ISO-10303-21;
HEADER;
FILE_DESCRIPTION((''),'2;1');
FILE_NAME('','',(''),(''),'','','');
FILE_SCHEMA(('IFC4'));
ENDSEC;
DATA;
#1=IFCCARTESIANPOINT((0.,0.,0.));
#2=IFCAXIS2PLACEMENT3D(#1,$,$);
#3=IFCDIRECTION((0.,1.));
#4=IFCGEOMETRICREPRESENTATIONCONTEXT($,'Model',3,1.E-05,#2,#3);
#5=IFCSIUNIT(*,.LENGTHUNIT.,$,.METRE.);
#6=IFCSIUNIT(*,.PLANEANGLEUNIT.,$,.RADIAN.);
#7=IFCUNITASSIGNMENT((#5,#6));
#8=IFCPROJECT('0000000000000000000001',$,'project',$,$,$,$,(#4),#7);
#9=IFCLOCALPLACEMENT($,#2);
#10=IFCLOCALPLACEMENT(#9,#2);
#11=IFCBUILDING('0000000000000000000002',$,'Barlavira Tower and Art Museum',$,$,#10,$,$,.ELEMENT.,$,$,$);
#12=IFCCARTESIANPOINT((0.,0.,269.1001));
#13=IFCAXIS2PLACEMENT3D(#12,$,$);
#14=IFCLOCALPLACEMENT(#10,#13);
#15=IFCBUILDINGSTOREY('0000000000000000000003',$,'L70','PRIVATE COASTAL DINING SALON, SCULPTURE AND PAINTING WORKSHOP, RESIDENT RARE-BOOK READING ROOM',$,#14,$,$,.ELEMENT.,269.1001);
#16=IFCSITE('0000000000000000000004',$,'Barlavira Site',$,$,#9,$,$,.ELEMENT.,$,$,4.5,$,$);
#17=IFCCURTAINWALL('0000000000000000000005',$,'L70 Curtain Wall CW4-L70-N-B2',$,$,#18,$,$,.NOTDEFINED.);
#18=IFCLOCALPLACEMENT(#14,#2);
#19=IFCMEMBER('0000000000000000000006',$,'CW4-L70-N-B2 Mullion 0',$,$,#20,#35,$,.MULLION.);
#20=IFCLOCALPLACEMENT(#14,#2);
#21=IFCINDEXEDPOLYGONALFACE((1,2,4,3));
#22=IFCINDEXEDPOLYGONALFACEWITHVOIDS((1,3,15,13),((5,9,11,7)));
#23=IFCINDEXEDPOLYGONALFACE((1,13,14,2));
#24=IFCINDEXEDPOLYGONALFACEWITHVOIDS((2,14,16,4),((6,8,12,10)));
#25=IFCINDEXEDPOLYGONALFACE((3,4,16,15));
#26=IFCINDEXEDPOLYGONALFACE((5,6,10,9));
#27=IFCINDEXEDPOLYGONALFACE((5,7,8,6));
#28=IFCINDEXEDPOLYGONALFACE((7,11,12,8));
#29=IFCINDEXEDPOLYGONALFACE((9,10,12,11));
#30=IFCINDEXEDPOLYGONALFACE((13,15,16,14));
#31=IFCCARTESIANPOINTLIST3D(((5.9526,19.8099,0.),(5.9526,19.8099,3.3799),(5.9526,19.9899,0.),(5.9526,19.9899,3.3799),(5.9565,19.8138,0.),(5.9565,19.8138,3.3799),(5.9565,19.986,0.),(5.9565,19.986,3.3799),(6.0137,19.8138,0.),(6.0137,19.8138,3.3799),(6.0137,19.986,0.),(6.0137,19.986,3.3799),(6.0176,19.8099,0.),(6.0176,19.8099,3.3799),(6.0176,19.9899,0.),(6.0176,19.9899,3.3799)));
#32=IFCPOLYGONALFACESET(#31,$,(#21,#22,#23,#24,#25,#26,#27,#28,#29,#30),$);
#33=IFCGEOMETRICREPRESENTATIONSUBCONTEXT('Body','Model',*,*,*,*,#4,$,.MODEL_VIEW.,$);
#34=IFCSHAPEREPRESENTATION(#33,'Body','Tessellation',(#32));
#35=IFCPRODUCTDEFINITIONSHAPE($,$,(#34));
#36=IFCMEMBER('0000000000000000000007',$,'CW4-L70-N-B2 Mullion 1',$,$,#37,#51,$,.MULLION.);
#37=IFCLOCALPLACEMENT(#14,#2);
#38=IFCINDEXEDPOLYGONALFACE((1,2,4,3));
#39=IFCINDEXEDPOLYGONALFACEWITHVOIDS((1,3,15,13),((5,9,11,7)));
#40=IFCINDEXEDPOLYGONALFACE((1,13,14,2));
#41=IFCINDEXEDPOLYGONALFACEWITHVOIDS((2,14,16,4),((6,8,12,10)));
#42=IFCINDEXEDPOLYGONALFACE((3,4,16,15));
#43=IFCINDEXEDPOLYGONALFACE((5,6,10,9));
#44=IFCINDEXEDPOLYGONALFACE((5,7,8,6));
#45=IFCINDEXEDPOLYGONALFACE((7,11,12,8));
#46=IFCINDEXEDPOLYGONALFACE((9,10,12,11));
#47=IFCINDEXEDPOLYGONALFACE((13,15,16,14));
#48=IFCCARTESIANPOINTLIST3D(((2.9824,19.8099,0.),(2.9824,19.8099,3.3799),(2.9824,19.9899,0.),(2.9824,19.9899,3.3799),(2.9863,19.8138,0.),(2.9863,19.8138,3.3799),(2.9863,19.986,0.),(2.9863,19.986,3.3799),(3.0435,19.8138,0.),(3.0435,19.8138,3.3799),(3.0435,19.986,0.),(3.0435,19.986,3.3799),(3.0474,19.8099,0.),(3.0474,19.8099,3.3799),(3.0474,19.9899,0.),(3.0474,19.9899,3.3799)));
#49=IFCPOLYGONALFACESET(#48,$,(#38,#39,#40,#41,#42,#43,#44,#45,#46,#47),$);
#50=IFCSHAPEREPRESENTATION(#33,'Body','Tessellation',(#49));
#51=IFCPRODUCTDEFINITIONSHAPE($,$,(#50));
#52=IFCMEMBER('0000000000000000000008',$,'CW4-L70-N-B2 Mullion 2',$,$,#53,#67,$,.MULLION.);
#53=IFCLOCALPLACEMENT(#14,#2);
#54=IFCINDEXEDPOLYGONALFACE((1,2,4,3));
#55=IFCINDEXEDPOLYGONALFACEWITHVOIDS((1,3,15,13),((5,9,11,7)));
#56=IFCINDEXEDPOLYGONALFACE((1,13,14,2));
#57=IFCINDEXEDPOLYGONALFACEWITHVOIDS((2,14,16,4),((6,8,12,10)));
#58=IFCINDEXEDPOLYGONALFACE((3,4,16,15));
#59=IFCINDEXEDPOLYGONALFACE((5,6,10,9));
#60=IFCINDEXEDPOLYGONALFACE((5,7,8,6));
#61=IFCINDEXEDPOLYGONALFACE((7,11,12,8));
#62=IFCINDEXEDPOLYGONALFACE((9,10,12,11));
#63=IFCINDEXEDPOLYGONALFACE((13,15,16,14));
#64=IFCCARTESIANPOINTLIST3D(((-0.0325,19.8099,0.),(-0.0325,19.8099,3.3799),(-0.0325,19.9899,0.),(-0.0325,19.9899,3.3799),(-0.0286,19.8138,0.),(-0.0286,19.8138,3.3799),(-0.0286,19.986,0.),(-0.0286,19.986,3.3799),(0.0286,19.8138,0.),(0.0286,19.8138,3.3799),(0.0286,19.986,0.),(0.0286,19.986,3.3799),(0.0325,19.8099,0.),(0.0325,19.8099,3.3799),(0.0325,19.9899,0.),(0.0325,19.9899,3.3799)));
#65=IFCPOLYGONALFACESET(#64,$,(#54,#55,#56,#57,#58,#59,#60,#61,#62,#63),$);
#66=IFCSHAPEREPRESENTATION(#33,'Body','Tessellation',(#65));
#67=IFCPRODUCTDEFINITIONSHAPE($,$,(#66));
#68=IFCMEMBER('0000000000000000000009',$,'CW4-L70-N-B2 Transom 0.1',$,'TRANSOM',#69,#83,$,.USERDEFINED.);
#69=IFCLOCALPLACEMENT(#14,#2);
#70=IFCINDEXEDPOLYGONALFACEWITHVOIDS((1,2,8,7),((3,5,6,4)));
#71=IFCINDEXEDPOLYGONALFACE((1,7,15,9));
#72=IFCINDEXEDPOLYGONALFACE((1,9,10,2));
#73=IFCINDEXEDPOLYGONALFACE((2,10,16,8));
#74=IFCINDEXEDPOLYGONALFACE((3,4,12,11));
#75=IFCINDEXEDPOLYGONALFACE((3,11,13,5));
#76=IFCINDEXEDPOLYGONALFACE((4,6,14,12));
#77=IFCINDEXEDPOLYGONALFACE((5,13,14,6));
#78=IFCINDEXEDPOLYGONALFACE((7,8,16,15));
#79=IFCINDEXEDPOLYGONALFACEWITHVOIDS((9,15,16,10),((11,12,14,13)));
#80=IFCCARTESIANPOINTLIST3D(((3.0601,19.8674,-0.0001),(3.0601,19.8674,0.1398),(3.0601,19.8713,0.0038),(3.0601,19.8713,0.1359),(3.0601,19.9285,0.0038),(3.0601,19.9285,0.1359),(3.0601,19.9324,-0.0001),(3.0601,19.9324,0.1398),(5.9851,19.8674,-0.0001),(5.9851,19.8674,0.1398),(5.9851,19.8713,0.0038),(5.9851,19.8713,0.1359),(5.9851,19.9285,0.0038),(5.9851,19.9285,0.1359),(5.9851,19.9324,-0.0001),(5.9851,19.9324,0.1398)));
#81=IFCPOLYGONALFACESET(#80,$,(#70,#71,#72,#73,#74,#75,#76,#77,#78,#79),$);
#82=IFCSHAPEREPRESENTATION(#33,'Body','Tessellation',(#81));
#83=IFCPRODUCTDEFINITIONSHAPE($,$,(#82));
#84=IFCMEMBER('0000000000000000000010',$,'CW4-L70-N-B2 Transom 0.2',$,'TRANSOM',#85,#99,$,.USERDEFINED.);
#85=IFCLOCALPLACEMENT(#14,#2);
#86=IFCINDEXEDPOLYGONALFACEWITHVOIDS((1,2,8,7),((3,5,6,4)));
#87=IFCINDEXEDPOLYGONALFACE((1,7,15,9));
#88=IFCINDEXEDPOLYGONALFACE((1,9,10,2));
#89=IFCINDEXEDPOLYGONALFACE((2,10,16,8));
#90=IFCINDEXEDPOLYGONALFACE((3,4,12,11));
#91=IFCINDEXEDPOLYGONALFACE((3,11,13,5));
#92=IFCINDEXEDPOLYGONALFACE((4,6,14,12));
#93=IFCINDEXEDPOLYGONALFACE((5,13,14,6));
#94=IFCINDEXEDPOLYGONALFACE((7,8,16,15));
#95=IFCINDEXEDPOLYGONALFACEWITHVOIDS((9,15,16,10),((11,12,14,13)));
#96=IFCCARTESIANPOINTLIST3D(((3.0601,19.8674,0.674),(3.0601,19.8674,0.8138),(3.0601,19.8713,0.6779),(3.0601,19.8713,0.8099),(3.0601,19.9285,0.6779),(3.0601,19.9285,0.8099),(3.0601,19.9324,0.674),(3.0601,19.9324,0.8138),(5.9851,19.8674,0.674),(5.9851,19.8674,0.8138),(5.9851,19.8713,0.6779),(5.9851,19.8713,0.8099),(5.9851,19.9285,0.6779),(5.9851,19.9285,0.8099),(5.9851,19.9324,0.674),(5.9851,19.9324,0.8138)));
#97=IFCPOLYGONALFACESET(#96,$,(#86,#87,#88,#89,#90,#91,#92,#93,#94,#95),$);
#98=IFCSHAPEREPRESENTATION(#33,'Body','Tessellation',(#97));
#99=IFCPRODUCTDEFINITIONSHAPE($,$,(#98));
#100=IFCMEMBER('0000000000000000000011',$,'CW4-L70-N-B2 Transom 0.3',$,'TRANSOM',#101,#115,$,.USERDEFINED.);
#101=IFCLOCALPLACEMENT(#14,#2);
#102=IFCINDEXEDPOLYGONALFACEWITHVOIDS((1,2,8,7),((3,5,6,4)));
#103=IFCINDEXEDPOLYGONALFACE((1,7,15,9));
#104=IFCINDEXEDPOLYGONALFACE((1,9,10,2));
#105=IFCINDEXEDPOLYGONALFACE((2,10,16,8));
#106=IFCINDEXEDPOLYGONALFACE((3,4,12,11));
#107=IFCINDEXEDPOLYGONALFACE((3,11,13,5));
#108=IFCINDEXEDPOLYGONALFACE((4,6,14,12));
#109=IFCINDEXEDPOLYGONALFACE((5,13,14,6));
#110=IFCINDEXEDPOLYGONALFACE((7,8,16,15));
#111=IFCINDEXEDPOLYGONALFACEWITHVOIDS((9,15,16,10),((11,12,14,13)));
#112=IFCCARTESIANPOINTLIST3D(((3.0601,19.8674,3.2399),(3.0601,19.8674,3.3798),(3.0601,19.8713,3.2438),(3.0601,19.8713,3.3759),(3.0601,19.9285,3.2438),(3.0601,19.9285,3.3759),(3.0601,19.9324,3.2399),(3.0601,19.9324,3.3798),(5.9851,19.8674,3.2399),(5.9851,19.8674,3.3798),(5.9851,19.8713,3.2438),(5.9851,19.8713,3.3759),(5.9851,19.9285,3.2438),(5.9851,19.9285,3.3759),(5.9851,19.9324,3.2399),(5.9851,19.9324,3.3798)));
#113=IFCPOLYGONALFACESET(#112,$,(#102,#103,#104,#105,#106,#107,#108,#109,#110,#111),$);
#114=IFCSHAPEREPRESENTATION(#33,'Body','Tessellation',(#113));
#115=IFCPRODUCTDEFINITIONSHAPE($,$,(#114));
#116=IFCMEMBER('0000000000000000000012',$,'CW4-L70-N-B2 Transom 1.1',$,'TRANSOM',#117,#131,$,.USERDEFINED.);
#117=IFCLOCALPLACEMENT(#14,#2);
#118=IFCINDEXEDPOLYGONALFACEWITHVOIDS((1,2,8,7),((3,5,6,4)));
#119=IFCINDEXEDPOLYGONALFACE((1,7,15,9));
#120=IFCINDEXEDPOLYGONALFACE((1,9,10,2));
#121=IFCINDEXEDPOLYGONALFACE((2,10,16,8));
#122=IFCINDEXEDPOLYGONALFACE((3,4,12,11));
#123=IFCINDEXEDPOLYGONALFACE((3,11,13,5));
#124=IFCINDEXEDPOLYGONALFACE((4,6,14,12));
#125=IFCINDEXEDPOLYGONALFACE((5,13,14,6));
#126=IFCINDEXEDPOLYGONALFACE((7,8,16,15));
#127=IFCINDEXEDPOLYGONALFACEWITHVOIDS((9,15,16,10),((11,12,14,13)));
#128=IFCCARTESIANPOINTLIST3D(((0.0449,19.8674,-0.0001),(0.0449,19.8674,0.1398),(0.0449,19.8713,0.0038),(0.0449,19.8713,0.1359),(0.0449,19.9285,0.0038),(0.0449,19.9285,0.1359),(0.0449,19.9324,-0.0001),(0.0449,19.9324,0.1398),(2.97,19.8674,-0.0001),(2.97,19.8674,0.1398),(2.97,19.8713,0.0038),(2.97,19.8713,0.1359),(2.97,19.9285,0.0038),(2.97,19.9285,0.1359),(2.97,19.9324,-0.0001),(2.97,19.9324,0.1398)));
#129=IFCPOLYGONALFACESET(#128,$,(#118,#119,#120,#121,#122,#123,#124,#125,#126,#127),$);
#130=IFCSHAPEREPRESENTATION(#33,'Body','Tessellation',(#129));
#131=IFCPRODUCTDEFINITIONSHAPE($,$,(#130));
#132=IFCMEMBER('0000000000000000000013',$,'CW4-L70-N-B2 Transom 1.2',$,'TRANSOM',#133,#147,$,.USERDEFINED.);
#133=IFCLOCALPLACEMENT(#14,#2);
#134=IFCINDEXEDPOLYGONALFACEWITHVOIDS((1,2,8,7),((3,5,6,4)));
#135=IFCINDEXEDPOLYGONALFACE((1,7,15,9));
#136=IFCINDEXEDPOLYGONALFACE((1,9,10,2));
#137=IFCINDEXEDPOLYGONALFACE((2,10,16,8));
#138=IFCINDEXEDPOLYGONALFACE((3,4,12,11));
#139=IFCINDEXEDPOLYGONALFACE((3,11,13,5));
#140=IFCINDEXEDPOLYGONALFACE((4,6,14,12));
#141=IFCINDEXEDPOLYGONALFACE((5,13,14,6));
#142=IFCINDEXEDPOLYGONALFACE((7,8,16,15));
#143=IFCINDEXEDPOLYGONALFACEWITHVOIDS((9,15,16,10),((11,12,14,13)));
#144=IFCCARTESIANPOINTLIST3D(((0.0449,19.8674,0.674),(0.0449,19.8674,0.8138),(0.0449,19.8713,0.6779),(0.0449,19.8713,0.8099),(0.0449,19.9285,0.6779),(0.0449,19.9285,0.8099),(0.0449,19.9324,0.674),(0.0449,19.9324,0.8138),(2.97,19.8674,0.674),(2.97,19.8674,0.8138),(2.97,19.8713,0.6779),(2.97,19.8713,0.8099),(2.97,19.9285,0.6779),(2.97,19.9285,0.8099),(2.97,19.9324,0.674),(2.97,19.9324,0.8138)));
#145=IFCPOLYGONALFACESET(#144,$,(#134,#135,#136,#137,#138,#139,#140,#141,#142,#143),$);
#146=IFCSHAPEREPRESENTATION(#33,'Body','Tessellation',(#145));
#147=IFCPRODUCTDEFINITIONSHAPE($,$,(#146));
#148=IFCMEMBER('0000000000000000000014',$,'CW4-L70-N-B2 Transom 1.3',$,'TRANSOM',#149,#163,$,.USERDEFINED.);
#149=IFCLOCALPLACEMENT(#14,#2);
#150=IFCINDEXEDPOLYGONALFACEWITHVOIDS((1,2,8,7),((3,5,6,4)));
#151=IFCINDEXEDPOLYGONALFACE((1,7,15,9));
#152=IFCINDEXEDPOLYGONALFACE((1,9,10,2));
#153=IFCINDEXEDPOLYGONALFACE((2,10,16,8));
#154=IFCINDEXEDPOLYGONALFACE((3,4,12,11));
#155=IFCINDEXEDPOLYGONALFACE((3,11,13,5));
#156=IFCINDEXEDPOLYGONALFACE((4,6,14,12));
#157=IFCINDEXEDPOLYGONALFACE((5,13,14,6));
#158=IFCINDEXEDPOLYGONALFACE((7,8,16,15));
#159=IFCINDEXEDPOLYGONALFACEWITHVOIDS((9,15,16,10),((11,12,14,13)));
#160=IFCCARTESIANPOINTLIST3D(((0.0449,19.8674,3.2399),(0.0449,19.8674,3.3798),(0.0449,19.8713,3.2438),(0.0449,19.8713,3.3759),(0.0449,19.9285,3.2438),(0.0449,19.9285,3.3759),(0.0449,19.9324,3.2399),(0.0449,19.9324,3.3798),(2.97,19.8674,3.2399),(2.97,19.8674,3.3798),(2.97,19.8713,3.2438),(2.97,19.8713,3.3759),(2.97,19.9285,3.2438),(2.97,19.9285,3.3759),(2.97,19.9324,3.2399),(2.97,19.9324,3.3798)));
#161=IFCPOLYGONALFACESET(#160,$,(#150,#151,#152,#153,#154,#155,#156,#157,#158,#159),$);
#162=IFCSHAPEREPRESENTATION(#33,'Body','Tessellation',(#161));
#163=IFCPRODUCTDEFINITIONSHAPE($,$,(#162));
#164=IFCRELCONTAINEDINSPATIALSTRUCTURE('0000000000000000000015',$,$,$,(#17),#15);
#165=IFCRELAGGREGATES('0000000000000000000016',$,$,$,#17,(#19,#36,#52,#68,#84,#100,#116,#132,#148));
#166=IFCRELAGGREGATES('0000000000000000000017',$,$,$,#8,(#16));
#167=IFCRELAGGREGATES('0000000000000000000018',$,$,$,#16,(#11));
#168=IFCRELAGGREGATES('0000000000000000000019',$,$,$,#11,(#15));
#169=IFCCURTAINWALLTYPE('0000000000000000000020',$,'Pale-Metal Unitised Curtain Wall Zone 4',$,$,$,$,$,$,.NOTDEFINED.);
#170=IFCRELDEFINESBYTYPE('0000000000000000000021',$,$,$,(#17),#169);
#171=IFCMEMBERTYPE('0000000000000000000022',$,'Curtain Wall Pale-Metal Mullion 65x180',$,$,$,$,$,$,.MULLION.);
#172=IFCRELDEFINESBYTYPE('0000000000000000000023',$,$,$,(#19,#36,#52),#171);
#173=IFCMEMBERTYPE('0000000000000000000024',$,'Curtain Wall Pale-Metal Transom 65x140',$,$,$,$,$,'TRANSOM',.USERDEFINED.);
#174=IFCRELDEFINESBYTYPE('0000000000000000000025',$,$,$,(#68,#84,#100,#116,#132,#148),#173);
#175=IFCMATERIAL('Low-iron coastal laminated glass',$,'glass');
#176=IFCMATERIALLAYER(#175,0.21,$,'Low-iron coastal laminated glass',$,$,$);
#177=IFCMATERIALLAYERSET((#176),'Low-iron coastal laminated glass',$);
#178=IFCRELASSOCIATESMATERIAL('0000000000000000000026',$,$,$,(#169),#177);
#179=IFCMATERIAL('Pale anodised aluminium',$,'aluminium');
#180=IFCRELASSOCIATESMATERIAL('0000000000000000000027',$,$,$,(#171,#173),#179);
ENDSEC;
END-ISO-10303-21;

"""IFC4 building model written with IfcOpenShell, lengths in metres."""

from ifc_helpers import new_model, si_unit, direction, frame, origin, origin_2d, place, context, subcontext, project, spatial, hollow_rectangle, extrude, material, layer, layer_set, material_profile, profile_set, type_object, element, aggregate, save


model = new_model("IFC4")

# Units and contexts
model_context = context("Model", 3, precision=1e-05, world=origin(), true_north=direction((0.0, 1.0)))
body_context = subcontext(model_context, "Body", "Model", "MODEL_VIEW")
ifc_project = project(units=[si_unit("LENGTHUNIT", "METRE"), si_unit("PLANEANGLEUNIT", "RADIAN")], contexts=[model_context])

# Site, building, storey
site_placement = place(None, origin())
site = spatial("IfcSite", under=ifc_project, at=site_placement, Name="Barlavira Site", CompositionType="ELEMENT", RefElevation=4.5)
building_placement = place(site_placement, origin())
building = spatial("IfcBuilding", under=site, at=building_placement, Name="Barlavira Tower and Art Museum", CompositionType="ELEMENT")
storey_placement = place(building_placement, frame((0.0, 0.0, 269.1001)))
storey = spatial("IfcBuildingStorey", under=building, at=storey_placement, Name="L70", Description="PRIVATE COASTAL DINING SALON, SCULPTURE AND PAINTING WORKSHOP, RESIDENT RARE-BOOK READING ROOM", CompositionType="ELEMENT", Elevation=269.1001)

# Curtain wall, members
ifc_material_1 = material(Name="Low-iron coastal laminated glass", Category="glass")
ifc_layer_1 = layer(ifc_material_1, 0.21, Name="Low-iron coastal laminated glass")
ifc_layer_set_1 = layer_set([ifc_layer_1], Name="Low-iron coastal laminated glass")
curtain_wall_type = type_object("IfcCurtainWallType", Name="Pale-Metal Unitised Curtain Wall Zone 4", PredefinedType="NOTDEFINED", material=ifc_layer_set_1)
curtain_wall_placement = place(storey_placement, origin())
curtain_wall = element("IfcCurtainWall", 1, at=curtain_wall_placement, inside=storey, type_object=curtain_wall_type, Name="L70 Curtain Wall CW4-L70-N-B2", PredefinedType="NOTDEFINED")
ifc_material_2 = material(Name="Pale anodised aluminium", Category="aluminium")
ifc_material_profile_1 = material_profile(ifc_material_2, hollow_rectangle(XDim=0.0649, YDim=0.1799, WallThickness=0.0039, at=origin_2d()), Name="ALU-MULL 65x180x4")
ifc_profile_set_1 = profile_set([ifc_material_profile_1], Name="Pale anodised aluminium")
member_type_1 = type_object("IfcMemberType", Name="Curtain Wall Pale-Metal Mullion 65x180", PredefinedType="MULLION", material=ifc_profile_set_1)
member_1_placement = place(storey_placement, frame((5.9851, 19.8999, 0.0), z_axis=(0.0, 0.0, 1.0), x_axis=(-1.0, 0.0, 0.0)))
member_1 = element("IfcMember", 2, at=member_1_placement, type_object=member_type_1, Name="CW4-L70-N-B2 Mullion 0", PredefinedType="MULLION", context=body_context, shape_type="SweptSolid", body=[
    extrude(hollow_rectangle(XDim=0.0649, YDim=0.1799, WallThickness=0.0039, at=origin_2d()), origin(), (0.0, 0.0, 1.0), 3.3799),
])
member_2_placement = place(storey_placement, frame((3.0149, 19.8999, 0.0), z_axis=(0.0, 0.0, 1.0), x_axis=(-1.0, 0.0, 0.0)))
member_2 = element("IfcMember", 3, at=member_2_placement, type_object=member_type_1, Name="CW4-L70-N-B2 Mullion 1", PredefinedType="MULLION", context=body_context, shape_type="SweptSolid", body=[
    extrude(hollow_rectangle(XDim=0.0649, YDim=0.1799, WallThickness=0.0039, at=origin_2d()), origin(), (0.0, 0.0, 1.0), 3.3799),
])
member_3_placement = place(storey_placement, frame((0.0, 19.8999, 0.0), z_axis=(0.0, 0.0, 1.0), x_axis=(-1.0, 0.0, 0.0)))
member_3 = element("IfcMember", 4, at=member_3_placement, type_object=member_type_1, Name="CW4-L70-N-B2 Mullion 2", PredefinedType="MULLION", context=body_context, shape_type="SweptSolid", body=[
    extrude(hollow_rectangle(XDim=0.0649, YDim=0.1799, WallThickness=0.0039, at=origin_2d()), origin(), (0.0, 0.0, 1.0), 3.3799),
])
ifc_material_profile_2 = material_profile(ifc_material_2, hollow_rectangle(XDim=0.0649, YDim=0.1399, WallThickness=0.0039, at=origin_2d()), Name="ALU-TRAN 65x140x4")
ifc_profile_set_2 = profile_set([ifc_material_profile_2], Name="Pale anodised aluminium")
member_type_2 = type_object("IfcMemberType", Name="Curtain Wall Pale-Metal Transom 65x140", ElementType="TRANSOM", PredefinedType="USERDEFINED", material=ifc_profile_set_2)
member_4_placement = place(storey_placement, frame((5.9851, 19.8999, 0.0698), z_axis=(-1.0, 0.0, 0.0), x_axis=(0.0, -1.0, 0.0)))
member_4 = element("IfcMember", 5, at=member_4_placement, type_object=member_type_2, Name="CW4-L70-N-B2 Transom 0.1", ObjectType="TRANSOM", PredefinedType="USERDEFINED", context=body_context, shape_type="SweptSolid", body=[
    extrude(hollow_rectangle(XDim=0.0649, YDim=0.1399, WallThickness=0.0039, at=origin_2d()), origin(), (0.0, 0.0, 1.0), 2.925),
])
member_5_placement = place(storey_placement, frame((5.9851, 19.8999, 0.7439), z_axis=(-1.0, 0.0, 0.0), x_axis=(0.0, -1.0, 0.0)))
member_5 = element("IfcMember", 6, at=member_5_placement, type_object=member_type_2, Name="CW4-L70-N-B2 Transom 0.2", ObjectType="TRANSOM", PredefinedType="USERDEFINED", context=body_context, shape_type="SweptSolid", body=[
    extrude(hollow_rectangle(XDim=0.0649, YDim=0.1399, WallThickness=0.0039, at=origin_2d()), origin(), (0.0, 0.0, 1.0), 2.925),
])
member_6_placement = place(storey_placement, frame((5.9851, 19.8999, 3.3098), z_axis=(-1.0, 0.0, 0.0), x_axis=(0.0, -1.0, 0.0)))
member_6 = element("IfcMember", 7, at=member_6_placement, type_object=member_type_2, Name="CW4-L70-N-B2 Transom 0.3", ObjectType="TRANSOM", PredefinedType="USERDEFINED", context=body_context, shape_type="SweptSolid", body=[
    extrude(hollow_rectangle(XDim=0.0649, YDim=0.1399, WallThickness=0.0039, at=origin_2d()), origin(), (0.0, 0.0, 1.0), 2.925),
])
member_7_placement = place(storey_placement, frame((2.97, 19.8999, 0.0698), z_axis=(-1.0, 0.0, 0.0), x_axis=(0.0, -1.0, 0.0)))
member_7 = element("IfcMember", 8, at=member_7_placement, type_object=member_type_2, Name="CW4-L70-N-B2 Transom 1.1", ObjectType="TRANSOM", PredefinedType="USERDEFINED", context=body_context, shape_type="SweptSolid", body=[
    extrude(hollow_rectangle(XDim=0.0649, YDim=0.1399, WallThickness=0.0039, at=origin_2d()), origin(), (0.0, 0.0, 1.0), 2.925),
])
member_8_placement = place(storey_placement, frame((2.97, 19.8999, 0.7439), z_axis=(-1.0, 0.0, 0.0), x_axis=(0.0, -1.0, 0.0)))
member_8 = element("IfcMember", 9, at=member_8_placement, type_object=member_type_2, Name="CW4-L70-N-B2 Transom 1.2", ObjectType="TRANSOM", PredefinedType="USERDEFINED", context=body_context, shape_type="SweptSolid", body=[
    extrude(hollow_rectangle(XDim=0.0649, YDim=0.1399, WallThickness=0.0039, at=origin_2d()), origin(), (0.0, 0.0, 1.0), 2.925),
])
member_9_placement = place(storey_placement, frame((2.97, 19.8999, 3.3098), z_axis=(-1.0, 0.0, 0.0), x_axis=(0.0, -1.0, 0.0)))
member_9 = element("IfcMember", 10, at=member_9_placement, type_object=member_type_2, Name="CW4-L70-N-B2 Transom 1.3", ObjectType="TRANSOM", PredefinedType="USERDEFINED", context=body_context, shape_type="SweptSolid", body=[
    extrude(hollow_rectangle(XDim=0.0649, YDim=0.1399, WallThickness=0.0039, at=origin_2d()), origin(), (0.0, 0.0, 1.0), 2.925),
])

aggregate(curtain_wall, [member_1, member_2, member_3, member_4, member_5, member_6, member_7, member_8, member_9])

save(model, "model.ifc")
